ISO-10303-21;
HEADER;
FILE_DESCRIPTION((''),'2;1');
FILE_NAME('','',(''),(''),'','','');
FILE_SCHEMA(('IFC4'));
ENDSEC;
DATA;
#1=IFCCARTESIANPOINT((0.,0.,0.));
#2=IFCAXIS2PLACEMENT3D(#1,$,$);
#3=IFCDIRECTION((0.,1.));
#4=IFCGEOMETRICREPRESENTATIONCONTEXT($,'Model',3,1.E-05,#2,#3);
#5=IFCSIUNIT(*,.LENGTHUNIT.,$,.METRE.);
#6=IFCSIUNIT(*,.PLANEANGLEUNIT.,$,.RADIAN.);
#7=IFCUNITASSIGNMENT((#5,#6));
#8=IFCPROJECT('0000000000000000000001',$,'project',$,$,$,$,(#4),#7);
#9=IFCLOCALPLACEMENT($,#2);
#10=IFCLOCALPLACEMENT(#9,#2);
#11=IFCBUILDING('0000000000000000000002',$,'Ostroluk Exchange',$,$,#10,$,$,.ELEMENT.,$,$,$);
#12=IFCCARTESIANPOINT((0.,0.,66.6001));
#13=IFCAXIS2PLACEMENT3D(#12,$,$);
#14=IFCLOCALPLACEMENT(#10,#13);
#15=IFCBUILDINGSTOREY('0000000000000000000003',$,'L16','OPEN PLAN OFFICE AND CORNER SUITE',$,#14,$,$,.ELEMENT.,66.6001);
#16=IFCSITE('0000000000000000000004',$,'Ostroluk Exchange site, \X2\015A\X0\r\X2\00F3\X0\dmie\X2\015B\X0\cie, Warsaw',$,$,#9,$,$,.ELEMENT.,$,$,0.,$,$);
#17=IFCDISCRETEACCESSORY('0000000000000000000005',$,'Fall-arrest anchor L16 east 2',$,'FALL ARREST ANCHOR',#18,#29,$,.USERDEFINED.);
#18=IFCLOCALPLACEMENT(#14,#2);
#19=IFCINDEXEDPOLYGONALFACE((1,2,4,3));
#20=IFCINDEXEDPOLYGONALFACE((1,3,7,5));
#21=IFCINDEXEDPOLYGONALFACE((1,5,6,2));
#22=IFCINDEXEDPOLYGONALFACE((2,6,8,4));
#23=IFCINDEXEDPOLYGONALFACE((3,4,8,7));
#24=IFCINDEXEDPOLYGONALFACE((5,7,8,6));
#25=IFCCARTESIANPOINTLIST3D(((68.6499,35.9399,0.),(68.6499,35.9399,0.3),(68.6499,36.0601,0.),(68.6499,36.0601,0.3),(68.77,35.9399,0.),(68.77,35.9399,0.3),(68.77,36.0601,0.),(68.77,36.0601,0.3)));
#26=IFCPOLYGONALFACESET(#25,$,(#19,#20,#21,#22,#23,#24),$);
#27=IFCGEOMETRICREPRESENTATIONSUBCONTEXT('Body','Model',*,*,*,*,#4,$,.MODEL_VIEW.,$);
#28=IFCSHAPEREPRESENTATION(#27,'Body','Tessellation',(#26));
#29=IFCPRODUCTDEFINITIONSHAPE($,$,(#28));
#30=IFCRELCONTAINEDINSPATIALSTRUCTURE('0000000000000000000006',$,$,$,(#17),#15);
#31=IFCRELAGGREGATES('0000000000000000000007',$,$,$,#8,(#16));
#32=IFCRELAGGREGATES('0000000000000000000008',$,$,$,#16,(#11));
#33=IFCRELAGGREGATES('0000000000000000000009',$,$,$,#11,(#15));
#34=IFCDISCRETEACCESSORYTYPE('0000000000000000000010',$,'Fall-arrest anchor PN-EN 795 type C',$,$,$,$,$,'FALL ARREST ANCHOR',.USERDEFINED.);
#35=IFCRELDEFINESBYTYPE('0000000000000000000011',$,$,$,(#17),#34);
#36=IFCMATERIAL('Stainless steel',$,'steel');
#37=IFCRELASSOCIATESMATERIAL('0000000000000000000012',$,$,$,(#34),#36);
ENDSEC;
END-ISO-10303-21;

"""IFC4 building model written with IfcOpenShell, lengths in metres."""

from ifc_helpers import new_model, si_unit, direction, frame, origin, origin_2d, place, context, subcontext, project, spatial, rectangle, extrude, material, type_object, element, save


model = new_model("IFC4")

# Units and contexts
model_context = context("Model", 3, precision=1e-05, world=origin(), true_north=direction((0.0, 1.0)))
body_context = subcontext(model_context, "Body", "Model", "MODEL_VIEW")
ifc_project = project(units=[si_unit("LENGTHUNIT", "METRE"), si_unit("PLANEANGLEUNIT", "RADIAN")], contexts=[model_context])

# Site, building, storey
site_placement = place(None, origin())
site = spatial("IfcSite", under=ifc_project, at=site_placement, Name="Ostroluk Exchange site, Śródmieście, Warsaw", CompositionType="ELEMENT", RefElevation=0.0)
building_placement = place(site_placement, origin())
building = spatial("IfcBuilding", under=site, at=building_placement, Name="Ostroluk Exchange", CompositionType="ELEMENT")
storey_placement = place(building_placement, frame((0.0, 0.0, 66.6001)))
storey = spatial("IfcBuildingStorey", under=building, at=storey_placement, Name="L16", Description="OPEN PLAN OFFICE AND CORNER SUITE", CompositionType="ELEMENT", Elevation=66.6001)

# Discrete accessory
ifc_material_1 = material(Name="Stainless steel", Category="steel")
discrete_accessory_type = type_object("IfcDiscreteAccessoryType", Name="Fall-arrest anchor PN-EN 795 type C", ElementType="FALL ARREST ANCHOR", PredefinedType="USERDEFINED", material=ifc_material_1)
for number, where, z_axis, x_axis, name in (
    (1, (68.71, 36.0, 0.0), (0.0, 0.0, 1.0), (1.0, 0.0, 0.0), "Fall-arrest anchor L16 east 2"),
):
    element("IfcDiscreteAccessory", number, at=place(storey_placement, frame(where, z_axis=z_axis, x_axis=x_axis)), inside=storey, type_object=discrete_accessory_type, Name=name, ObjectType="FALL ARREST ANCHOR", PredefinedType="USERDEFINED", context=body_context, shape_type="SweptSolid", body=[
        extrude(rectangle(XDim=0.1201, YDim=0.1201, at=origin_2d()), origin(), (0.0, 0.0, 1.0), 0.3),
    ])

save(model, "model.ifc")
